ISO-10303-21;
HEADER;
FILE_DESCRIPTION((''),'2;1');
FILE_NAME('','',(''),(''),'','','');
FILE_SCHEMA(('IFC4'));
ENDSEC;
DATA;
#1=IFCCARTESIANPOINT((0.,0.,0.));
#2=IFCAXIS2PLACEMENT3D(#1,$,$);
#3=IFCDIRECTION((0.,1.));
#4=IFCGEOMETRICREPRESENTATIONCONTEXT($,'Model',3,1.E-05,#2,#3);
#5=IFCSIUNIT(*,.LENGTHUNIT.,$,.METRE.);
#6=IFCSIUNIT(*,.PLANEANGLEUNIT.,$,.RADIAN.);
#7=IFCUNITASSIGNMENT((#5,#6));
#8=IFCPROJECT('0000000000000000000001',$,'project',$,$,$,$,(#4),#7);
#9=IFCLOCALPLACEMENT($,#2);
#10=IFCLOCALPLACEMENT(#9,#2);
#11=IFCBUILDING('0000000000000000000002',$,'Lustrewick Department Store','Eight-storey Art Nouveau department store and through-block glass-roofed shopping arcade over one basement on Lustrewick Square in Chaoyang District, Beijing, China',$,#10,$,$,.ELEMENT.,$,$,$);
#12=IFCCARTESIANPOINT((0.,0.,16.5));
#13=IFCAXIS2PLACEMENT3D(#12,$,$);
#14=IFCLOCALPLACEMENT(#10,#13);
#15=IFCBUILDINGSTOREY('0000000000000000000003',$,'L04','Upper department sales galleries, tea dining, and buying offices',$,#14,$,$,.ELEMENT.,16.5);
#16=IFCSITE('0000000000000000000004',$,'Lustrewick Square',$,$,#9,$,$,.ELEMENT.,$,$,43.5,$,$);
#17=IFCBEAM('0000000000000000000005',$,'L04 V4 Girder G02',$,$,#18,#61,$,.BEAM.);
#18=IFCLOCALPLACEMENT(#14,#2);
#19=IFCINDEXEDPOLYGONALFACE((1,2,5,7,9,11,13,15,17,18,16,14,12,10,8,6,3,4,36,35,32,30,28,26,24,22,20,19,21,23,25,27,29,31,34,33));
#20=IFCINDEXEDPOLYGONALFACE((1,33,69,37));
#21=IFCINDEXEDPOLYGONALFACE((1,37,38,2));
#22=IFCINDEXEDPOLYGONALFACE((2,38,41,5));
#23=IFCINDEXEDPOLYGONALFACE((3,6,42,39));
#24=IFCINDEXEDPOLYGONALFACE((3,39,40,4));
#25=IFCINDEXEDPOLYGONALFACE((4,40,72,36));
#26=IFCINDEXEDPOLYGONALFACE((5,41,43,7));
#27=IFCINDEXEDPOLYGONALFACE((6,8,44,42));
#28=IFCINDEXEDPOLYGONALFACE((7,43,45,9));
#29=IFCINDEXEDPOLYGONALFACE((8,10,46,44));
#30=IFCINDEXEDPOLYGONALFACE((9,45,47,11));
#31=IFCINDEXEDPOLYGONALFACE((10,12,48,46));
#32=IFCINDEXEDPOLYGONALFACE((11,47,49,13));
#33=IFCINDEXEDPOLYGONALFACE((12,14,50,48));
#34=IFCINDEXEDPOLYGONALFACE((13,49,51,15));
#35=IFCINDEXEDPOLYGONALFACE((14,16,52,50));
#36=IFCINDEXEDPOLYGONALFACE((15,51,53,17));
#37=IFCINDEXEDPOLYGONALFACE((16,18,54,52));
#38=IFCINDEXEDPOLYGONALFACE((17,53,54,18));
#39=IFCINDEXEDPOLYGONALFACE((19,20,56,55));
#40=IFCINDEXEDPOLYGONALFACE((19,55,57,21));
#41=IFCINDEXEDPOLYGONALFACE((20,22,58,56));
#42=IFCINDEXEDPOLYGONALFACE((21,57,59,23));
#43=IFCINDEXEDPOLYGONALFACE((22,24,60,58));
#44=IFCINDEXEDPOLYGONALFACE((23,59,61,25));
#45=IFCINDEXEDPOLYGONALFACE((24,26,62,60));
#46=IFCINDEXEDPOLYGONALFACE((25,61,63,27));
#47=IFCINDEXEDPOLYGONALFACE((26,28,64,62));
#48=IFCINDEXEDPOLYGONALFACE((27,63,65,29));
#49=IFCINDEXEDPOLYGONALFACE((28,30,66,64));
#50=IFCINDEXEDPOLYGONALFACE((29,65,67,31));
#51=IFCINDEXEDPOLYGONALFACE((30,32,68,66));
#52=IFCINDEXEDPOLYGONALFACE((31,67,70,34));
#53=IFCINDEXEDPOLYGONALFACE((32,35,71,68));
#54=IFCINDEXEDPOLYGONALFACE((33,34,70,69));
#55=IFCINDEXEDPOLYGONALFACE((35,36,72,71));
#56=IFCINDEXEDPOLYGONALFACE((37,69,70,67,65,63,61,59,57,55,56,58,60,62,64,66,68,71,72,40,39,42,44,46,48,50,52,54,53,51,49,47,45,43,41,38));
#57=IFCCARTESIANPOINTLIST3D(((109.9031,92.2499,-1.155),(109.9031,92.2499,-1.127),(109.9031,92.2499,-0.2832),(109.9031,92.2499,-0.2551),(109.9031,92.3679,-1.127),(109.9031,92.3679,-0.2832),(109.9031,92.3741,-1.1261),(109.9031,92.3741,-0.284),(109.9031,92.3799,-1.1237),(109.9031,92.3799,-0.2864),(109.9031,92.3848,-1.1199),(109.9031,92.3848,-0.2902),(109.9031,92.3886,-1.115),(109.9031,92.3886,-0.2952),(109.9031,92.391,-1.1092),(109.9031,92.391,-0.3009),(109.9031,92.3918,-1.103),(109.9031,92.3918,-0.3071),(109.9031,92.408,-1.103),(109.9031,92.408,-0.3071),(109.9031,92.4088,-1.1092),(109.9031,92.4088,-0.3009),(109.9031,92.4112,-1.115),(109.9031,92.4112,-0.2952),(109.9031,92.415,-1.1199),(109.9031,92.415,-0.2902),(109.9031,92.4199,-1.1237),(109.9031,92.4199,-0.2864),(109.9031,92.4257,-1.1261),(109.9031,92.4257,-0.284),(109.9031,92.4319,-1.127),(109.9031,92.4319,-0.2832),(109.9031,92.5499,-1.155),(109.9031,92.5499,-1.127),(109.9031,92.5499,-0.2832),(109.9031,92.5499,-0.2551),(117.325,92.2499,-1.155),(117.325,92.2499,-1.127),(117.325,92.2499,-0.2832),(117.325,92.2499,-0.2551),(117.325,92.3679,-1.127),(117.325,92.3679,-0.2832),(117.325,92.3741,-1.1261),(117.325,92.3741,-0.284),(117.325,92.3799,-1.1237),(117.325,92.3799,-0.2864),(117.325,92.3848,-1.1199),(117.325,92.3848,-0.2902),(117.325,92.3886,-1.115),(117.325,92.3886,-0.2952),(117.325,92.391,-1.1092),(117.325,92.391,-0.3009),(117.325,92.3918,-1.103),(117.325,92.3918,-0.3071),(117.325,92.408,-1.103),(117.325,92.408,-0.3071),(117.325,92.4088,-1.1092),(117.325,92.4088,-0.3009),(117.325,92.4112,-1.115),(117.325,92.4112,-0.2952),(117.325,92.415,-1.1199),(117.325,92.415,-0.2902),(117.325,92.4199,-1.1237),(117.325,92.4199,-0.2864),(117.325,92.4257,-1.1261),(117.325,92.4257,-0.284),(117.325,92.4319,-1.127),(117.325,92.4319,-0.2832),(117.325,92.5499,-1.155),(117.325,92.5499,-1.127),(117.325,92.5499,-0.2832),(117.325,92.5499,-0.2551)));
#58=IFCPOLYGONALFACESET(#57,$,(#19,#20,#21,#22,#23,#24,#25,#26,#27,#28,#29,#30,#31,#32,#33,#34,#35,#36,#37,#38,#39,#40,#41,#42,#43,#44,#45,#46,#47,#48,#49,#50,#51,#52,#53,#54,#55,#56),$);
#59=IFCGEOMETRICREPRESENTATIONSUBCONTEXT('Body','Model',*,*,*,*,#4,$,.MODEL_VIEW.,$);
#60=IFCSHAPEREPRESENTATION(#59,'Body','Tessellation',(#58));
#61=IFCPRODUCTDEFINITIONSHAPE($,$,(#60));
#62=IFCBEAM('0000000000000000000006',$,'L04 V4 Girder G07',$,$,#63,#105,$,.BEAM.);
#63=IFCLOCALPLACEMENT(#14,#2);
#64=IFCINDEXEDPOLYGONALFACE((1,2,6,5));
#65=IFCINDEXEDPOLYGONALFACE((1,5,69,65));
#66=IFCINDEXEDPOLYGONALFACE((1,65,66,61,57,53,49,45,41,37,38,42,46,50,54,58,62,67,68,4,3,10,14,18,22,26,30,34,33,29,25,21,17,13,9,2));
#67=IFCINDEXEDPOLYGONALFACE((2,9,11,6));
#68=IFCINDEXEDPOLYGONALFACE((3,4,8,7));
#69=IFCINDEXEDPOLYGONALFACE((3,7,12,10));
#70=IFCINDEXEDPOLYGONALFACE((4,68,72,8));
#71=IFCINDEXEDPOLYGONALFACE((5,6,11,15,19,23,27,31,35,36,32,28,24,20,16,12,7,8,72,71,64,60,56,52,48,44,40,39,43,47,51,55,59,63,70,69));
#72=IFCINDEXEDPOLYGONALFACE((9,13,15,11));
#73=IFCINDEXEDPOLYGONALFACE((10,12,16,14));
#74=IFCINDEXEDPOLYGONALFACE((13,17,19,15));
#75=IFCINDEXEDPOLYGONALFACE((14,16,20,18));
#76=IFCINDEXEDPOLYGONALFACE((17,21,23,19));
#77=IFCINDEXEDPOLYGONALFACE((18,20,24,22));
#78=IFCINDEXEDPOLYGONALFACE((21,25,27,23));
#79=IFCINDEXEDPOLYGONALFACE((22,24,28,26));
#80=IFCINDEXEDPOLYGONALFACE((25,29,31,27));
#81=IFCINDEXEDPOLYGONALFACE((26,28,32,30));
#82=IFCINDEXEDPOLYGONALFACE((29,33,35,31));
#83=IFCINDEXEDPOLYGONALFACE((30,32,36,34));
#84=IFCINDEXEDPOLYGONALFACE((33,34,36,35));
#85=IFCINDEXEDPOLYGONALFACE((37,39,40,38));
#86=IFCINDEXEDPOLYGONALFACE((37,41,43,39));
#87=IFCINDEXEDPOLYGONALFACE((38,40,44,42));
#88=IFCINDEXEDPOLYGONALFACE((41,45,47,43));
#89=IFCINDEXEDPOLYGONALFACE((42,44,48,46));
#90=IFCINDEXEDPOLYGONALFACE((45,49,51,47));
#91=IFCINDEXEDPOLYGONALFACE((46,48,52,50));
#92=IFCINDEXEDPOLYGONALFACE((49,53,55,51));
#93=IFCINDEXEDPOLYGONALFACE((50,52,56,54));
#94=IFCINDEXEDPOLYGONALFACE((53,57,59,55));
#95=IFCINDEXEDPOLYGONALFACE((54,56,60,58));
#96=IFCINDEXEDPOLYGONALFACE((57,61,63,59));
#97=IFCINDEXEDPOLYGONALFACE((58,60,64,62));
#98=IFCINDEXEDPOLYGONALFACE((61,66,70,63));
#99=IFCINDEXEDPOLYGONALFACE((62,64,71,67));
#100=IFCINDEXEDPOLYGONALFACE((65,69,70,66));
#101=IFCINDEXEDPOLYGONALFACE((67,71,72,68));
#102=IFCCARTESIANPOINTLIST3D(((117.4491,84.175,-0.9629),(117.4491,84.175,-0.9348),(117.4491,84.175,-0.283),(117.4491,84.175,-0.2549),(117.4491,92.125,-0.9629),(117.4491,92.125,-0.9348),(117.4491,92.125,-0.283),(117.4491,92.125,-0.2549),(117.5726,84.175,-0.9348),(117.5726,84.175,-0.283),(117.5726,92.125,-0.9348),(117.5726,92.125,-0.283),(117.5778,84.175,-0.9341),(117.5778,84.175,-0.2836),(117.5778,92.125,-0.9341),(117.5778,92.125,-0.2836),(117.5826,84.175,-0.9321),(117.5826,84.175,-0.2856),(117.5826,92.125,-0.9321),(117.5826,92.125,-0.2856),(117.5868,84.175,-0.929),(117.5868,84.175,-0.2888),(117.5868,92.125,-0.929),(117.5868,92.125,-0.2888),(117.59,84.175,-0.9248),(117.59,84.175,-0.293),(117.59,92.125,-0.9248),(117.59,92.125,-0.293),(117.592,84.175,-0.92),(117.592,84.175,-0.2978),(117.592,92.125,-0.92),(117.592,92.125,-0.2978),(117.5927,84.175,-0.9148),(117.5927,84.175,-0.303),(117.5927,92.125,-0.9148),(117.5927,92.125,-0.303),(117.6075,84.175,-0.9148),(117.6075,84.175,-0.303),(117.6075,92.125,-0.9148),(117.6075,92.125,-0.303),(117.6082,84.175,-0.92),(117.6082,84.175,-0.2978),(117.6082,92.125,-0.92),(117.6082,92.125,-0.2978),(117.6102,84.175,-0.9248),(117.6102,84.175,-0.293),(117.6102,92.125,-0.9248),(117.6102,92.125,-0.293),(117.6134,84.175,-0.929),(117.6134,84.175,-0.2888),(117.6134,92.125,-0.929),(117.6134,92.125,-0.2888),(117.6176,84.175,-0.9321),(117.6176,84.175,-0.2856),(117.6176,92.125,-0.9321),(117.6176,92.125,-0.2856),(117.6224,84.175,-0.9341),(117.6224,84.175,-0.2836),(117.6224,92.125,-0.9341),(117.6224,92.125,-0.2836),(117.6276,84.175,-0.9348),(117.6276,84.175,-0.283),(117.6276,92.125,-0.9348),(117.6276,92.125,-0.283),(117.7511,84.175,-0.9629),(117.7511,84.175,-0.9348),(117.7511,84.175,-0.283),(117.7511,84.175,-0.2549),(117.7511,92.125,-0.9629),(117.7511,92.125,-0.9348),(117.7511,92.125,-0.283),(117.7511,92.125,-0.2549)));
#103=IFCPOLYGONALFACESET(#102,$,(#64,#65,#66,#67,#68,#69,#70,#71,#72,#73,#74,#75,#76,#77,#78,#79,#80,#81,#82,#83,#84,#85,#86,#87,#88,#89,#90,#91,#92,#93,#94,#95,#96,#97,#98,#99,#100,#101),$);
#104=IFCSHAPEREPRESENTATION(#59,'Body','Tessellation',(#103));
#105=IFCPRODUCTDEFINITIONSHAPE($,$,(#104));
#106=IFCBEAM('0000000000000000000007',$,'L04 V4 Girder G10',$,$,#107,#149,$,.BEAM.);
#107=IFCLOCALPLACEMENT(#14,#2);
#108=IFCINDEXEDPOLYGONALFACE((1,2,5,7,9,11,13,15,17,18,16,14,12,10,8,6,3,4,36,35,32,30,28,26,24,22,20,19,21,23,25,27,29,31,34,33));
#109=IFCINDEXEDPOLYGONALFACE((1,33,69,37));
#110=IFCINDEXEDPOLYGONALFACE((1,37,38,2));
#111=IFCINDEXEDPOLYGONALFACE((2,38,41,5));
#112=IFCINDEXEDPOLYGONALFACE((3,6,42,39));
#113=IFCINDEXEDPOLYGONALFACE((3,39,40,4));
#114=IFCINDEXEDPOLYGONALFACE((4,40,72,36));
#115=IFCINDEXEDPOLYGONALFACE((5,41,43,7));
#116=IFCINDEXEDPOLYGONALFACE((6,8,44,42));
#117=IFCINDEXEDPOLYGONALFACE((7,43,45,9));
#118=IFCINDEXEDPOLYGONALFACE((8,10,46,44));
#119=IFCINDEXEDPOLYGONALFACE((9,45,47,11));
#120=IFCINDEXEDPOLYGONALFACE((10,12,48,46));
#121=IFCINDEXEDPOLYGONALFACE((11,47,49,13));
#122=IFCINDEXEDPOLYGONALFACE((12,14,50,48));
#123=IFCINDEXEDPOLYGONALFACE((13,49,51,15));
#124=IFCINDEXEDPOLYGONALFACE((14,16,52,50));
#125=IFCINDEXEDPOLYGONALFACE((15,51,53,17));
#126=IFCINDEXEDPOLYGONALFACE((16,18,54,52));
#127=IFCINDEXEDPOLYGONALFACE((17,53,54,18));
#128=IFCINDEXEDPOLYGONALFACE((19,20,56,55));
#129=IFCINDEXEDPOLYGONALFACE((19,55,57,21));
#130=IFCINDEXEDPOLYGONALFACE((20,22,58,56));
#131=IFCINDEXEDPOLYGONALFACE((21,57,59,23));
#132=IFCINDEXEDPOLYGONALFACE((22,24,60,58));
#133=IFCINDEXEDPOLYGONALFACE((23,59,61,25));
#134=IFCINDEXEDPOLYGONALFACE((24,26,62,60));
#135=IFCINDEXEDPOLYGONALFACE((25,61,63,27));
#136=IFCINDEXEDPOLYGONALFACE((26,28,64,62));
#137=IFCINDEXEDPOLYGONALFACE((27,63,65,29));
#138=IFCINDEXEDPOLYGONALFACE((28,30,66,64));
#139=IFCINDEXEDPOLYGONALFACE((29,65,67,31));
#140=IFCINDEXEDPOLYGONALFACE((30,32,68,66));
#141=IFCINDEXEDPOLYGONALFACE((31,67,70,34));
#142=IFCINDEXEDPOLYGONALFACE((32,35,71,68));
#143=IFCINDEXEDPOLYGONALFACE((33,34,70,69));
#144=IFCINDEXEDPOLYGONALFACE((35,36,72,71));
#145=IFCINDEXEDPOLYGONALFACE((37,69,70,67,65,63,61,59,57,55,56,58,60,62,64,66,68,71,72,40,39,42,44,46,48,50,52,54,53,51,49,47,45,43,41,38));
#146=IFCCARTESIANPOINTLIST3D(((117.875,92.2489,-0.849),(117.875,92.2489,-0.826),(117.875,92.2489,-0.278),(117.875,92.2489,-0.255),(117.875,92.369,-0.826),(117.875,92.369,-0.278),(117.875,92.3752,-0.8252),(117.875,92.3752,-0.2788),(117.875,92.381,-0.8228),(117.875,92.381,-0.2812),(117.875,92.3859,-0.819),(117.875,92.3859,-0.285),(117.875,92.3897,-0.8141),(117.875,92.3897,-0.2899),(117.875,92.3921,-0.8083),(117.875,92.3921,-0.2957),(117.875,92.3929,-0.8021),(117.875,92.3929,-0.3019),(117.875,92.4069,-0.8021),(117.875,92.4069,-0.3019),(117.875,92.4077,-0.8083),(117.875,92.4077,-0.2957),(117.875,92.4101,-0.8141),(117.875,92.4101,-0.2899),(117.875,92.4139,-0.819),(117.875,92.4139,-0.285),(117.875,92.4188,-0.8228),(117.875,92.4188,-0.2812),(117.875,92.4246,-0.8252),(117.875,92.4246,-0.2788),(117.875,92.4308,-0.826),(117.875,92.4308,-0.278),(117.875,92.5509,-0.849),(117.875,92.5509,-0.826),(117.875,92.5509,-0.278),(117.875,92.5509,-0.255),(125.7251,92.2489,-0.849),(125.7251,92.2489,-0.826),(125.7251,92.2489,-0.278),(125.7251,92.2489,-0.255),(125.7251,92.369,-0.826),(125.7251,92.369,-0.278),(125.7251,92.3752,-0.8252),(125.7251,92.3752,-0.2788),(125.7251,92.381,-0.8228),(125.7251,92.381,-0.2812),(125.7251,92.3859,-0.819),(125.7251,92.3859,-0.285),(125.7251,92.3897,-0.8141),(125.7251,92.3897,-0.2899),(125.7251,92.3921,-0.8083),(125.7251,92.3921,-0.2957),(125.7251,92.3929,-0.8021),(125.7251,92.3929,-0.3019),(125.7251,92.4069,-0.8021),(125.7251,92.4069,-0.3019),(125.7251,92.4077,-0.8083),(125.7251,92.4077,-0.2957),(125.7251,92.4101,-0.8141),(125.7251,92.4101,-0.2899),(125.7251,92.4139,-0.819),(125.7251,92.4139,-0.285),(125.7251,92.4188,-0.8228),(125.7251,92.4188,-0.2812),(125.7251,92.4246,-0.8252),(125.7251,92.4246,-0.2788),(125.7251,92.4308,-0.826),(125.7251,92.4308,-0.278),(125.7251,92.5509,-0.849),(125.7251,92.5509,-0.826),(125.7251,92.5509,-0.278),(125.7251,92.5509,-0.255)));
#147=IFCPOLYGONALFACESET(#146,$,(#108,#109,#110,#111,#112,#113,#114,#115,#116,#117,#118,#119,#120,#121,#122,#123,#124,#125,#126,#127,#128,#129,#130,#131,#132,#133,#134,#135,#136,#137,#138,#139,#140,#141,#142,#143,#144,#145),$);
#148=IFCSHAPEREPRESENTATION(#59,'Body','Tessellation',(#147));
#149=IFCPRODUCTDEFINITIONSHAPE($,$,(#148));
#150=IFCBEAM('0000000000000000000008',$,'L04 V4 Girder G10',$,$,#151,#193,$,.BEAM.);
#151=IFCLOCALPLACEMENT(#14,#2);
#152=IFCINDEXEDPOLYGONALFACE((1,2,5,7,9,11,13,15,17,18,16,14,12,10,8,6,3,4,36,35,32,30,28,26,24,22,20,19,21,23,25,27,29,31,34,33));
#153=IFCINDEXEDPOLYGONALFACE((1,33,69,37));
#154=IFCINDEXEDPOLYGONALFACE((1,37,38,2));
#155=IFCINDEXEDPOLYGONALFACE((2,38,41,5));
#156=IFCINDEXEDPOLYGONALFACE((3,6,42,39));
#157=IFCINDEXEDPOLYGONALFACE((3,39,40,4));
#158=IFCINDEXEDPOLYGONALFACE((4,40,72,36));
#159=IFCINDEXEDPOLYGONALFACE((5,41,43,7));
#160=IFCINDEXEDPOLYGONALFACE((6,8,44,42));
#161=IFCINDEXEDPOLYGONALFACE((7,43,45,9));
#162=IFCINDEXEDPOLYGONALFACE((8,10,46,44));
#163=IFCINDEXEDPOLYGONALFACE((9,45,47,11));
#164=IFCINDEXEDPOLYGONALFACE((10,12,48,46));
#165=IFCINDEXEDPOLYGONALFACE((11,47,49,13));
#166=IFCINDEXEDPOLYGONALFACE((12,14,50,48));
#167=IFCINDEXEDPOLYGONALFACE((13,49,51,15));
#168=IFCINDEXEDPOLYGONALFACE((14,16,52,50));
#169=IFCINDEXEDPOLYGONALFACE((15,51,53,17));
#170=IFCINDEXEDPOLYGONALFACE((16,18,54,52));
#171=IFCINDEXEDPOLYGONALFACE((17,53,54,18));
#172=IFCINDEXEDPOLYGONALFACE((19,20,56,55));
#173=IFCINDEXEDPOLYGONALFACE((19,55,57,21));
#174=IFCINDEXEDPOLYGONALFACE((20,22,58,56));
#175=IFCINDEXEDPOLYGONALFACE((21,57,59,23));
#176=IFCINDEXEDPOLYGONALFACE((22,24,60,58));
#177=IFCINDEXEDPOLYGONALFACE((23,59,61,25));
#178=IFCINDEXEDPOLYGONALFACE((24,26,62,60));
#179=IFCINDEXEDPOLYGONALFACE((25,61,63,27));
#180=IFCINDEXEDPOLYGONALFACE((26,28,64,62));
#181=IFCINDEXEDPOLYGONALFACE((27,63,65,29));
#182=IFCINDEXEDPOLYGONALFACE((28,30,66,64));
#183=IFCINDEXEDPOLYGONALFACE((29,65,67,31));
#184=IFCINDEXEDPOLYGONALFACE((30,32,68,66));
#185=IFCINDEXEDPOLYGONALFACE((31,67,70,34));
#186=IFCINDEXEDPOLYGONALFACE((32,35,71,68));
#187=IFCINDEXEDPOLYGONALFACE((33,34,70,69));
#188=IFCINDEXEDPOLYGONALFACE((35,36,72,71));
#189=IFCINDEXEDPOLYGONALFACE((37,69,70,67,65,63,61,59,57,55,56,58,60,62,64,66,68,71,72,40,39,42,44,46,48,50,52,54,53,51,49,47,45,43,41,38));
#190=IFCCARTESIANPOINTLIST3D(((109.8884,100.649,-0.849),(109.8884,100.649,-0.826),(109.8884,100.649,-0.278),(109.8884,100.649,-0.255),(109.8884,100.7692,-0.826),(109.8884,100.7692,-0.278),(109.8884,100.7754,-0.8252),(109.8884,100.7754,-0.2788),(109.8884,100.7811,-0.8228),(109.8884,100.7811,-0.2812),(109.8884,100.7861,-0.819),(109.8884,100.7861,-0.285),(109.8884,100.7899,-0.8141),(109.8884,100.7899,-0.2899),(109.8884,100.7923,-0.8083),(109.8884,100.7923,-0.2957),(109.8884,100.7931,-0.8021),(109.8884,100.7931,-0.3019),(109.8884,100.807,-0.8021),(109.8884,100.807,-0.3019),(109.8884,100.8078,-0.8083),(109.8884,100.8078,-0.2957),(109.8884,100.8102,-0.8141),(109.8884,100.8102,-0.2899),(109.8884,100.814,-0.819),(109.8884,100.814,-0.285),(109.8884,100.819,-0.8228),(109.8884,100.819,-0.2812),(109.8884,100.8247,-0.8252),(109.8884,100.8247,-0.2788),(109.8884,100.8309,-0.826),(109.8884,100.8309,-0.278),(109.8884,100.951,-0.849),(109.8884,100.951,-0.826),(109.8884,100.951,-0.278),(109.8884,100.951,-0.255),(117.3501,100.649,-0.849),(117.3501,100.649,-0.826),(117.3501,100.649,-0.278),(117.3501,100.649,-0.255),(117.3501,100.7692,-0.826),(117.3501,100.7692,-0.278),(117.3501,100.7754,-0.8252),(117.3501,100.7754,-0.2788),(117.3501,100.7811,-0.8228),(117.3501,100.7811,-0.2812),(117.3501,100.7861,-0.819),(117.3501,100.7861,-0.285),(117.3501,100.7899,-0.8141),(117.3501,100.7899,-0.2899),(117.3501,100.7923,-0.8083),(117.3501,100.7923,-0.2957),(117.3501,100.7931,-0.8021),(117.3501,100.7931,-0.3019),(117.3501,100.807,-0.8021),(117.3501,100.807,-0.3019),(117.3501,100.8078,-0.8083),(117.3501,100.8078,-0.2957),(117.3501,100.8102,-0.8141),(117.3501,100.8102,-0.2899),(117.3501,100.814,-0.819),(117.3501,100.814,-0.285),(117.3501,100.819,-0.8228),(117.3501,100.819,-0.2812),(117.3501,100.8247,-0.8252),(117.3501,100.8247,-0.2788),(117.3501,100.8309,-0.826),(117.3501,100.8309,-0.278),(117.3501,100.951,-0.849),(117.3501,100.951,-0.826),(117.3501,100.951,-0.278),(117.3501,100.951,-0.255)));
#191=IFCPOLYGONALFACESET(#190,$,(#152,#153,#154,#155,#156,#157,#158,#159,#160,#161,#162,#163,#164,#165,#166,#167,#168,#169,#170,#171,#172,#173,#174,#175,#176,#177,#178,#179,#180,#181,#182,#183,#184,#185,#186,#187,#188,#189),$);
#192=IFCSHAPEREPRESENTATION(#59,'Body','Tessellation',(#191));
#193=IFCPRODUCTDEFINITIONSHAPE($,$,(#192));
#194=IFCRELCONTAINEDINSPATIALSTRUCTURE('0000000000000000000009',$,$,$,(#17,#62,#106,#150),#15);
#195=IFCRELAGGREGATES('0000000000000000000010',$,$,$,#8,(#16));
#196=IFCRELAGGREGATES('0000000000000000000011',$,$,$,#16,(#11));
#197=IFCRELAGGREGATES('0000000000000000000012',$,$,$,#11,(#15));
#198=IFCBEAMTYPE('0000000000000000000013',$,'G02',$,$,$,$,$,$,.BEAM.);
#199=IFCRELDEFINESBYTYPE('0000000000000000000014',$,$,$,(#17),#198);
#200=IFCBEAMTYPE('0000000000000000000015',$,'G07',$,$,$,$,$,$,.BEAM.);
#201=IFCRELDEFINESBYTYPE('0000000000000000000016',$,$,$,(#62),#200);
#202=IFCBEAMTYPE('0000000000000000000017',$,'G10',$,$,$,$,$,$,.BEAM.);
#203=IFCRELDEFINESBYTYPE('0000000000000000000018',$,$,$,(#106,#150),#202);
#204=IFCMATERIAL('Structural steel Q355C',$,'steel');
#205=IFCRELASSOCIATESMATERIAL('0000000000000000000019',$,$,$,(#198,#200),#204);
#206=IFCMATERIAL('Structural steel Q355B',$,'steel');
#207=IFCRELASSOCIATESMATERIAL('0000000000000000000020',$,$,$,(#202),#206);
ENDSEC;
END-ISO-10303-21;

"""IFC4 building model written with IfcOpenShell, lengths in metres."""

from ifc_helpers import new_model, si_unit, direction, frame, origin, origin_2d, place, context, subcontext, project, spatial, i_section, extrude, material, material_profile, profile_set, type_object, element, save


model = new_model("IFC4")

# Units and contexts
model_context = context("Model", 3, precision=1e-05, world=origin(), true_north=direction((0.0, 1.0)))
body_context = subcontext(model_context, "Body", "Model", "MODEL_VIEW")
ifc_project = project(units=[si_unit("LENGTHUNIT", "METRE"), si_unit("PLANEANGLEUNIT", "RADIAN")], contexts=[model_context])

# Site, building, storey
site_placement = place(None, origin())
site = spatial("IfcSite", under=ifc_project, at=site_placement, Name="Lustrewick Square", CompositionType="ELEMENT", RefElevation=43.5)
building_placement = place(site_placement, origin())
building = spatial("IfcBuilding", under=site, at=building_placement, Name="Lustrewick Department Store", Description="Eight-storey Art Nouveau department store and through-block glass-roofed shopping arcade over one basement on Lustrewick Square in Chaoyang District, Beijing, China", CompositionType="ELEMENT")
storey_placement = place(building_placement, frame((0.0, 0.0, 16.5)))
storey = spatial("IfcBuildingStorey", under=building, at=storey_placement, Name="L04", Description="Upper department sales galleries, tea dining, and buying offices", CompositionType="ELEMENT", Elevation=16.5)

# Shared definitions
ifc_material_1 = material(Name="Structural steel Q355C", Category="steel")
ifc_material_2 = material(Name="Structural steel Q355B", Category="steel")

# Beams
ifc_material_profile_1 = material_profile(ifc_material_1, i_section(OverallWidth=0.3, OverallDepth=0.8999, WebThickness=0.0161, FlangeThickness=0.0281, FilletRadius=0.0239, at=origin_2d()), Name="HN 900x300x16x28")
ifc_profile_set_1 = profile_set([ifc_material_profile_1], Name="Structural steel Q355C")
beam_type_1 = type_object("IfcBeamType", Name="G02", PredefinedType="BEAM", material=ifc_profile_set_1)
beam_1_placement = place(storey_placement, frame((109.9031, 92.3999, -0.7051), z_axis=(1.0, 0.0, 0.0), x_axis=(0.0, 1.0, 0.0)))
element("IfcBeam", 1, at=beam_1_placement, inside=storey, type_object=beam_type_1, Name="L04 V4 Girder G02", PredefinedType="BEAM", context=body_context, shape_type="SweptSolid", body=[
    extrude(i_section(OverallWidth=0.3, OverallDepth=0.8999, WebThickness=0.0161, FlangeThickness=0.0281, FilletRadius=0.0239, at=origin_2d()), origin(), (0.0, 0.0, 1.0), 7.4219),
])
ifc_material_profile_2 = material_profile(ifc_material_1, i_section(OverallWidth=0.302, OverallDepth=0.708, WebThickness=0.0149, FlangeThickness=0.0281, FilletRadius=0.02, at=origin_2d()), Name="HN 708x302x15x28")
ifc_profile_set_2 = profile_set([ifc_material_profile_2], Name="Structural steel Q355C")
beam_type_2 = type_object("IfcBeamType", Name="G07", PredefinedType="BEAM", material=ifc_profile_set_2)
beam_2_placement = place(storey_placement, frame((117.6001, 84.175, -0.6089), z_axis=(0.0, 1.0, 0.0), x_axis=(-1.0, 0.0, 0.0)))
element("IfcBeam", 2, at=beam_2_placement, inside=storey, type_object=beam_type_2, Name="L04 V4 Girder G07", PredefinedType="BEAM", context=body_context, shape_type="SweptSolid", body=[
    extrude(i_section(OverallWidth=0.302, OverallDepth=0.708, WebThickness=0.0149, FlangeThickness=0.0281, FilletRadius=0.02, at=origin_2d()), origin(), (0.0, 0.0, 1.0), 7.95),
])
ifc_material_profile_3 = material_profile(ifc_material_2, i_section(OverallWidth=0.302, OverallDepth=0.594, WebThickness=0.0139, FlangeThickness=0.0229, FilletRadius=0.0239, at=origin_2d()), Name="HM 594x302x14x23")
ifc_profile_set_3 = profile_set([ifc_material_profile_3], Name="Structural steel Q355B")
beam_type_3 = type_object("IfcBeamType", Name="G10", PredefinedType="BEAM", material=ifc_profile_set_3)
beam_3_placement = place(storey_placement, frame((117.875, 92.3999, -0.552), z_axis=(1.0, 0.0, 0.0), x_axis=(0.0, 1.0, 0.0)))
element("IfcBeam", 3, at=beam_3_placement, inside=storey, type_object=beam_type_3, Name="L04 V4 Girder G10", PredefinedType="BEAM", context=body_context, shape_type="SweptSolid", body=[
    extrude(i_section(OverallWidth=0.302, OverallDepth=0.594, WebThickness=0.0139, FlangeThickness=0.0229, FilletRadius=0.0239, at=origin_2d()), origin(), (0.0, 0.0, 1.0), 7.8501),
])
beam_4_placement = place(storey_placement, frame((109.8884, 100.8, -0.552), z_axis=(1.0, 0.0, 0.0), x_axis=(0.0, 1.0, 0.0)))
element("IfcBeam", 4, at=beam_4_placement, inside=storey, type_object=beam_type_3, Name="L04 V4 Girder G10", PredefinedType="BEAM", context=body_context, shape_type="SweptSolid", body=[
    extrude(i_section(OverallWidth=0.302, OverallDepth=0.594, WebThickness=0.0139, FlangeThickness=0.0229, FilletRadius=0.0239, at=origin_2d()), origin(), (0.0, 0.0, 1.0), 7.4617),
])

save(model, "model.ifc")
